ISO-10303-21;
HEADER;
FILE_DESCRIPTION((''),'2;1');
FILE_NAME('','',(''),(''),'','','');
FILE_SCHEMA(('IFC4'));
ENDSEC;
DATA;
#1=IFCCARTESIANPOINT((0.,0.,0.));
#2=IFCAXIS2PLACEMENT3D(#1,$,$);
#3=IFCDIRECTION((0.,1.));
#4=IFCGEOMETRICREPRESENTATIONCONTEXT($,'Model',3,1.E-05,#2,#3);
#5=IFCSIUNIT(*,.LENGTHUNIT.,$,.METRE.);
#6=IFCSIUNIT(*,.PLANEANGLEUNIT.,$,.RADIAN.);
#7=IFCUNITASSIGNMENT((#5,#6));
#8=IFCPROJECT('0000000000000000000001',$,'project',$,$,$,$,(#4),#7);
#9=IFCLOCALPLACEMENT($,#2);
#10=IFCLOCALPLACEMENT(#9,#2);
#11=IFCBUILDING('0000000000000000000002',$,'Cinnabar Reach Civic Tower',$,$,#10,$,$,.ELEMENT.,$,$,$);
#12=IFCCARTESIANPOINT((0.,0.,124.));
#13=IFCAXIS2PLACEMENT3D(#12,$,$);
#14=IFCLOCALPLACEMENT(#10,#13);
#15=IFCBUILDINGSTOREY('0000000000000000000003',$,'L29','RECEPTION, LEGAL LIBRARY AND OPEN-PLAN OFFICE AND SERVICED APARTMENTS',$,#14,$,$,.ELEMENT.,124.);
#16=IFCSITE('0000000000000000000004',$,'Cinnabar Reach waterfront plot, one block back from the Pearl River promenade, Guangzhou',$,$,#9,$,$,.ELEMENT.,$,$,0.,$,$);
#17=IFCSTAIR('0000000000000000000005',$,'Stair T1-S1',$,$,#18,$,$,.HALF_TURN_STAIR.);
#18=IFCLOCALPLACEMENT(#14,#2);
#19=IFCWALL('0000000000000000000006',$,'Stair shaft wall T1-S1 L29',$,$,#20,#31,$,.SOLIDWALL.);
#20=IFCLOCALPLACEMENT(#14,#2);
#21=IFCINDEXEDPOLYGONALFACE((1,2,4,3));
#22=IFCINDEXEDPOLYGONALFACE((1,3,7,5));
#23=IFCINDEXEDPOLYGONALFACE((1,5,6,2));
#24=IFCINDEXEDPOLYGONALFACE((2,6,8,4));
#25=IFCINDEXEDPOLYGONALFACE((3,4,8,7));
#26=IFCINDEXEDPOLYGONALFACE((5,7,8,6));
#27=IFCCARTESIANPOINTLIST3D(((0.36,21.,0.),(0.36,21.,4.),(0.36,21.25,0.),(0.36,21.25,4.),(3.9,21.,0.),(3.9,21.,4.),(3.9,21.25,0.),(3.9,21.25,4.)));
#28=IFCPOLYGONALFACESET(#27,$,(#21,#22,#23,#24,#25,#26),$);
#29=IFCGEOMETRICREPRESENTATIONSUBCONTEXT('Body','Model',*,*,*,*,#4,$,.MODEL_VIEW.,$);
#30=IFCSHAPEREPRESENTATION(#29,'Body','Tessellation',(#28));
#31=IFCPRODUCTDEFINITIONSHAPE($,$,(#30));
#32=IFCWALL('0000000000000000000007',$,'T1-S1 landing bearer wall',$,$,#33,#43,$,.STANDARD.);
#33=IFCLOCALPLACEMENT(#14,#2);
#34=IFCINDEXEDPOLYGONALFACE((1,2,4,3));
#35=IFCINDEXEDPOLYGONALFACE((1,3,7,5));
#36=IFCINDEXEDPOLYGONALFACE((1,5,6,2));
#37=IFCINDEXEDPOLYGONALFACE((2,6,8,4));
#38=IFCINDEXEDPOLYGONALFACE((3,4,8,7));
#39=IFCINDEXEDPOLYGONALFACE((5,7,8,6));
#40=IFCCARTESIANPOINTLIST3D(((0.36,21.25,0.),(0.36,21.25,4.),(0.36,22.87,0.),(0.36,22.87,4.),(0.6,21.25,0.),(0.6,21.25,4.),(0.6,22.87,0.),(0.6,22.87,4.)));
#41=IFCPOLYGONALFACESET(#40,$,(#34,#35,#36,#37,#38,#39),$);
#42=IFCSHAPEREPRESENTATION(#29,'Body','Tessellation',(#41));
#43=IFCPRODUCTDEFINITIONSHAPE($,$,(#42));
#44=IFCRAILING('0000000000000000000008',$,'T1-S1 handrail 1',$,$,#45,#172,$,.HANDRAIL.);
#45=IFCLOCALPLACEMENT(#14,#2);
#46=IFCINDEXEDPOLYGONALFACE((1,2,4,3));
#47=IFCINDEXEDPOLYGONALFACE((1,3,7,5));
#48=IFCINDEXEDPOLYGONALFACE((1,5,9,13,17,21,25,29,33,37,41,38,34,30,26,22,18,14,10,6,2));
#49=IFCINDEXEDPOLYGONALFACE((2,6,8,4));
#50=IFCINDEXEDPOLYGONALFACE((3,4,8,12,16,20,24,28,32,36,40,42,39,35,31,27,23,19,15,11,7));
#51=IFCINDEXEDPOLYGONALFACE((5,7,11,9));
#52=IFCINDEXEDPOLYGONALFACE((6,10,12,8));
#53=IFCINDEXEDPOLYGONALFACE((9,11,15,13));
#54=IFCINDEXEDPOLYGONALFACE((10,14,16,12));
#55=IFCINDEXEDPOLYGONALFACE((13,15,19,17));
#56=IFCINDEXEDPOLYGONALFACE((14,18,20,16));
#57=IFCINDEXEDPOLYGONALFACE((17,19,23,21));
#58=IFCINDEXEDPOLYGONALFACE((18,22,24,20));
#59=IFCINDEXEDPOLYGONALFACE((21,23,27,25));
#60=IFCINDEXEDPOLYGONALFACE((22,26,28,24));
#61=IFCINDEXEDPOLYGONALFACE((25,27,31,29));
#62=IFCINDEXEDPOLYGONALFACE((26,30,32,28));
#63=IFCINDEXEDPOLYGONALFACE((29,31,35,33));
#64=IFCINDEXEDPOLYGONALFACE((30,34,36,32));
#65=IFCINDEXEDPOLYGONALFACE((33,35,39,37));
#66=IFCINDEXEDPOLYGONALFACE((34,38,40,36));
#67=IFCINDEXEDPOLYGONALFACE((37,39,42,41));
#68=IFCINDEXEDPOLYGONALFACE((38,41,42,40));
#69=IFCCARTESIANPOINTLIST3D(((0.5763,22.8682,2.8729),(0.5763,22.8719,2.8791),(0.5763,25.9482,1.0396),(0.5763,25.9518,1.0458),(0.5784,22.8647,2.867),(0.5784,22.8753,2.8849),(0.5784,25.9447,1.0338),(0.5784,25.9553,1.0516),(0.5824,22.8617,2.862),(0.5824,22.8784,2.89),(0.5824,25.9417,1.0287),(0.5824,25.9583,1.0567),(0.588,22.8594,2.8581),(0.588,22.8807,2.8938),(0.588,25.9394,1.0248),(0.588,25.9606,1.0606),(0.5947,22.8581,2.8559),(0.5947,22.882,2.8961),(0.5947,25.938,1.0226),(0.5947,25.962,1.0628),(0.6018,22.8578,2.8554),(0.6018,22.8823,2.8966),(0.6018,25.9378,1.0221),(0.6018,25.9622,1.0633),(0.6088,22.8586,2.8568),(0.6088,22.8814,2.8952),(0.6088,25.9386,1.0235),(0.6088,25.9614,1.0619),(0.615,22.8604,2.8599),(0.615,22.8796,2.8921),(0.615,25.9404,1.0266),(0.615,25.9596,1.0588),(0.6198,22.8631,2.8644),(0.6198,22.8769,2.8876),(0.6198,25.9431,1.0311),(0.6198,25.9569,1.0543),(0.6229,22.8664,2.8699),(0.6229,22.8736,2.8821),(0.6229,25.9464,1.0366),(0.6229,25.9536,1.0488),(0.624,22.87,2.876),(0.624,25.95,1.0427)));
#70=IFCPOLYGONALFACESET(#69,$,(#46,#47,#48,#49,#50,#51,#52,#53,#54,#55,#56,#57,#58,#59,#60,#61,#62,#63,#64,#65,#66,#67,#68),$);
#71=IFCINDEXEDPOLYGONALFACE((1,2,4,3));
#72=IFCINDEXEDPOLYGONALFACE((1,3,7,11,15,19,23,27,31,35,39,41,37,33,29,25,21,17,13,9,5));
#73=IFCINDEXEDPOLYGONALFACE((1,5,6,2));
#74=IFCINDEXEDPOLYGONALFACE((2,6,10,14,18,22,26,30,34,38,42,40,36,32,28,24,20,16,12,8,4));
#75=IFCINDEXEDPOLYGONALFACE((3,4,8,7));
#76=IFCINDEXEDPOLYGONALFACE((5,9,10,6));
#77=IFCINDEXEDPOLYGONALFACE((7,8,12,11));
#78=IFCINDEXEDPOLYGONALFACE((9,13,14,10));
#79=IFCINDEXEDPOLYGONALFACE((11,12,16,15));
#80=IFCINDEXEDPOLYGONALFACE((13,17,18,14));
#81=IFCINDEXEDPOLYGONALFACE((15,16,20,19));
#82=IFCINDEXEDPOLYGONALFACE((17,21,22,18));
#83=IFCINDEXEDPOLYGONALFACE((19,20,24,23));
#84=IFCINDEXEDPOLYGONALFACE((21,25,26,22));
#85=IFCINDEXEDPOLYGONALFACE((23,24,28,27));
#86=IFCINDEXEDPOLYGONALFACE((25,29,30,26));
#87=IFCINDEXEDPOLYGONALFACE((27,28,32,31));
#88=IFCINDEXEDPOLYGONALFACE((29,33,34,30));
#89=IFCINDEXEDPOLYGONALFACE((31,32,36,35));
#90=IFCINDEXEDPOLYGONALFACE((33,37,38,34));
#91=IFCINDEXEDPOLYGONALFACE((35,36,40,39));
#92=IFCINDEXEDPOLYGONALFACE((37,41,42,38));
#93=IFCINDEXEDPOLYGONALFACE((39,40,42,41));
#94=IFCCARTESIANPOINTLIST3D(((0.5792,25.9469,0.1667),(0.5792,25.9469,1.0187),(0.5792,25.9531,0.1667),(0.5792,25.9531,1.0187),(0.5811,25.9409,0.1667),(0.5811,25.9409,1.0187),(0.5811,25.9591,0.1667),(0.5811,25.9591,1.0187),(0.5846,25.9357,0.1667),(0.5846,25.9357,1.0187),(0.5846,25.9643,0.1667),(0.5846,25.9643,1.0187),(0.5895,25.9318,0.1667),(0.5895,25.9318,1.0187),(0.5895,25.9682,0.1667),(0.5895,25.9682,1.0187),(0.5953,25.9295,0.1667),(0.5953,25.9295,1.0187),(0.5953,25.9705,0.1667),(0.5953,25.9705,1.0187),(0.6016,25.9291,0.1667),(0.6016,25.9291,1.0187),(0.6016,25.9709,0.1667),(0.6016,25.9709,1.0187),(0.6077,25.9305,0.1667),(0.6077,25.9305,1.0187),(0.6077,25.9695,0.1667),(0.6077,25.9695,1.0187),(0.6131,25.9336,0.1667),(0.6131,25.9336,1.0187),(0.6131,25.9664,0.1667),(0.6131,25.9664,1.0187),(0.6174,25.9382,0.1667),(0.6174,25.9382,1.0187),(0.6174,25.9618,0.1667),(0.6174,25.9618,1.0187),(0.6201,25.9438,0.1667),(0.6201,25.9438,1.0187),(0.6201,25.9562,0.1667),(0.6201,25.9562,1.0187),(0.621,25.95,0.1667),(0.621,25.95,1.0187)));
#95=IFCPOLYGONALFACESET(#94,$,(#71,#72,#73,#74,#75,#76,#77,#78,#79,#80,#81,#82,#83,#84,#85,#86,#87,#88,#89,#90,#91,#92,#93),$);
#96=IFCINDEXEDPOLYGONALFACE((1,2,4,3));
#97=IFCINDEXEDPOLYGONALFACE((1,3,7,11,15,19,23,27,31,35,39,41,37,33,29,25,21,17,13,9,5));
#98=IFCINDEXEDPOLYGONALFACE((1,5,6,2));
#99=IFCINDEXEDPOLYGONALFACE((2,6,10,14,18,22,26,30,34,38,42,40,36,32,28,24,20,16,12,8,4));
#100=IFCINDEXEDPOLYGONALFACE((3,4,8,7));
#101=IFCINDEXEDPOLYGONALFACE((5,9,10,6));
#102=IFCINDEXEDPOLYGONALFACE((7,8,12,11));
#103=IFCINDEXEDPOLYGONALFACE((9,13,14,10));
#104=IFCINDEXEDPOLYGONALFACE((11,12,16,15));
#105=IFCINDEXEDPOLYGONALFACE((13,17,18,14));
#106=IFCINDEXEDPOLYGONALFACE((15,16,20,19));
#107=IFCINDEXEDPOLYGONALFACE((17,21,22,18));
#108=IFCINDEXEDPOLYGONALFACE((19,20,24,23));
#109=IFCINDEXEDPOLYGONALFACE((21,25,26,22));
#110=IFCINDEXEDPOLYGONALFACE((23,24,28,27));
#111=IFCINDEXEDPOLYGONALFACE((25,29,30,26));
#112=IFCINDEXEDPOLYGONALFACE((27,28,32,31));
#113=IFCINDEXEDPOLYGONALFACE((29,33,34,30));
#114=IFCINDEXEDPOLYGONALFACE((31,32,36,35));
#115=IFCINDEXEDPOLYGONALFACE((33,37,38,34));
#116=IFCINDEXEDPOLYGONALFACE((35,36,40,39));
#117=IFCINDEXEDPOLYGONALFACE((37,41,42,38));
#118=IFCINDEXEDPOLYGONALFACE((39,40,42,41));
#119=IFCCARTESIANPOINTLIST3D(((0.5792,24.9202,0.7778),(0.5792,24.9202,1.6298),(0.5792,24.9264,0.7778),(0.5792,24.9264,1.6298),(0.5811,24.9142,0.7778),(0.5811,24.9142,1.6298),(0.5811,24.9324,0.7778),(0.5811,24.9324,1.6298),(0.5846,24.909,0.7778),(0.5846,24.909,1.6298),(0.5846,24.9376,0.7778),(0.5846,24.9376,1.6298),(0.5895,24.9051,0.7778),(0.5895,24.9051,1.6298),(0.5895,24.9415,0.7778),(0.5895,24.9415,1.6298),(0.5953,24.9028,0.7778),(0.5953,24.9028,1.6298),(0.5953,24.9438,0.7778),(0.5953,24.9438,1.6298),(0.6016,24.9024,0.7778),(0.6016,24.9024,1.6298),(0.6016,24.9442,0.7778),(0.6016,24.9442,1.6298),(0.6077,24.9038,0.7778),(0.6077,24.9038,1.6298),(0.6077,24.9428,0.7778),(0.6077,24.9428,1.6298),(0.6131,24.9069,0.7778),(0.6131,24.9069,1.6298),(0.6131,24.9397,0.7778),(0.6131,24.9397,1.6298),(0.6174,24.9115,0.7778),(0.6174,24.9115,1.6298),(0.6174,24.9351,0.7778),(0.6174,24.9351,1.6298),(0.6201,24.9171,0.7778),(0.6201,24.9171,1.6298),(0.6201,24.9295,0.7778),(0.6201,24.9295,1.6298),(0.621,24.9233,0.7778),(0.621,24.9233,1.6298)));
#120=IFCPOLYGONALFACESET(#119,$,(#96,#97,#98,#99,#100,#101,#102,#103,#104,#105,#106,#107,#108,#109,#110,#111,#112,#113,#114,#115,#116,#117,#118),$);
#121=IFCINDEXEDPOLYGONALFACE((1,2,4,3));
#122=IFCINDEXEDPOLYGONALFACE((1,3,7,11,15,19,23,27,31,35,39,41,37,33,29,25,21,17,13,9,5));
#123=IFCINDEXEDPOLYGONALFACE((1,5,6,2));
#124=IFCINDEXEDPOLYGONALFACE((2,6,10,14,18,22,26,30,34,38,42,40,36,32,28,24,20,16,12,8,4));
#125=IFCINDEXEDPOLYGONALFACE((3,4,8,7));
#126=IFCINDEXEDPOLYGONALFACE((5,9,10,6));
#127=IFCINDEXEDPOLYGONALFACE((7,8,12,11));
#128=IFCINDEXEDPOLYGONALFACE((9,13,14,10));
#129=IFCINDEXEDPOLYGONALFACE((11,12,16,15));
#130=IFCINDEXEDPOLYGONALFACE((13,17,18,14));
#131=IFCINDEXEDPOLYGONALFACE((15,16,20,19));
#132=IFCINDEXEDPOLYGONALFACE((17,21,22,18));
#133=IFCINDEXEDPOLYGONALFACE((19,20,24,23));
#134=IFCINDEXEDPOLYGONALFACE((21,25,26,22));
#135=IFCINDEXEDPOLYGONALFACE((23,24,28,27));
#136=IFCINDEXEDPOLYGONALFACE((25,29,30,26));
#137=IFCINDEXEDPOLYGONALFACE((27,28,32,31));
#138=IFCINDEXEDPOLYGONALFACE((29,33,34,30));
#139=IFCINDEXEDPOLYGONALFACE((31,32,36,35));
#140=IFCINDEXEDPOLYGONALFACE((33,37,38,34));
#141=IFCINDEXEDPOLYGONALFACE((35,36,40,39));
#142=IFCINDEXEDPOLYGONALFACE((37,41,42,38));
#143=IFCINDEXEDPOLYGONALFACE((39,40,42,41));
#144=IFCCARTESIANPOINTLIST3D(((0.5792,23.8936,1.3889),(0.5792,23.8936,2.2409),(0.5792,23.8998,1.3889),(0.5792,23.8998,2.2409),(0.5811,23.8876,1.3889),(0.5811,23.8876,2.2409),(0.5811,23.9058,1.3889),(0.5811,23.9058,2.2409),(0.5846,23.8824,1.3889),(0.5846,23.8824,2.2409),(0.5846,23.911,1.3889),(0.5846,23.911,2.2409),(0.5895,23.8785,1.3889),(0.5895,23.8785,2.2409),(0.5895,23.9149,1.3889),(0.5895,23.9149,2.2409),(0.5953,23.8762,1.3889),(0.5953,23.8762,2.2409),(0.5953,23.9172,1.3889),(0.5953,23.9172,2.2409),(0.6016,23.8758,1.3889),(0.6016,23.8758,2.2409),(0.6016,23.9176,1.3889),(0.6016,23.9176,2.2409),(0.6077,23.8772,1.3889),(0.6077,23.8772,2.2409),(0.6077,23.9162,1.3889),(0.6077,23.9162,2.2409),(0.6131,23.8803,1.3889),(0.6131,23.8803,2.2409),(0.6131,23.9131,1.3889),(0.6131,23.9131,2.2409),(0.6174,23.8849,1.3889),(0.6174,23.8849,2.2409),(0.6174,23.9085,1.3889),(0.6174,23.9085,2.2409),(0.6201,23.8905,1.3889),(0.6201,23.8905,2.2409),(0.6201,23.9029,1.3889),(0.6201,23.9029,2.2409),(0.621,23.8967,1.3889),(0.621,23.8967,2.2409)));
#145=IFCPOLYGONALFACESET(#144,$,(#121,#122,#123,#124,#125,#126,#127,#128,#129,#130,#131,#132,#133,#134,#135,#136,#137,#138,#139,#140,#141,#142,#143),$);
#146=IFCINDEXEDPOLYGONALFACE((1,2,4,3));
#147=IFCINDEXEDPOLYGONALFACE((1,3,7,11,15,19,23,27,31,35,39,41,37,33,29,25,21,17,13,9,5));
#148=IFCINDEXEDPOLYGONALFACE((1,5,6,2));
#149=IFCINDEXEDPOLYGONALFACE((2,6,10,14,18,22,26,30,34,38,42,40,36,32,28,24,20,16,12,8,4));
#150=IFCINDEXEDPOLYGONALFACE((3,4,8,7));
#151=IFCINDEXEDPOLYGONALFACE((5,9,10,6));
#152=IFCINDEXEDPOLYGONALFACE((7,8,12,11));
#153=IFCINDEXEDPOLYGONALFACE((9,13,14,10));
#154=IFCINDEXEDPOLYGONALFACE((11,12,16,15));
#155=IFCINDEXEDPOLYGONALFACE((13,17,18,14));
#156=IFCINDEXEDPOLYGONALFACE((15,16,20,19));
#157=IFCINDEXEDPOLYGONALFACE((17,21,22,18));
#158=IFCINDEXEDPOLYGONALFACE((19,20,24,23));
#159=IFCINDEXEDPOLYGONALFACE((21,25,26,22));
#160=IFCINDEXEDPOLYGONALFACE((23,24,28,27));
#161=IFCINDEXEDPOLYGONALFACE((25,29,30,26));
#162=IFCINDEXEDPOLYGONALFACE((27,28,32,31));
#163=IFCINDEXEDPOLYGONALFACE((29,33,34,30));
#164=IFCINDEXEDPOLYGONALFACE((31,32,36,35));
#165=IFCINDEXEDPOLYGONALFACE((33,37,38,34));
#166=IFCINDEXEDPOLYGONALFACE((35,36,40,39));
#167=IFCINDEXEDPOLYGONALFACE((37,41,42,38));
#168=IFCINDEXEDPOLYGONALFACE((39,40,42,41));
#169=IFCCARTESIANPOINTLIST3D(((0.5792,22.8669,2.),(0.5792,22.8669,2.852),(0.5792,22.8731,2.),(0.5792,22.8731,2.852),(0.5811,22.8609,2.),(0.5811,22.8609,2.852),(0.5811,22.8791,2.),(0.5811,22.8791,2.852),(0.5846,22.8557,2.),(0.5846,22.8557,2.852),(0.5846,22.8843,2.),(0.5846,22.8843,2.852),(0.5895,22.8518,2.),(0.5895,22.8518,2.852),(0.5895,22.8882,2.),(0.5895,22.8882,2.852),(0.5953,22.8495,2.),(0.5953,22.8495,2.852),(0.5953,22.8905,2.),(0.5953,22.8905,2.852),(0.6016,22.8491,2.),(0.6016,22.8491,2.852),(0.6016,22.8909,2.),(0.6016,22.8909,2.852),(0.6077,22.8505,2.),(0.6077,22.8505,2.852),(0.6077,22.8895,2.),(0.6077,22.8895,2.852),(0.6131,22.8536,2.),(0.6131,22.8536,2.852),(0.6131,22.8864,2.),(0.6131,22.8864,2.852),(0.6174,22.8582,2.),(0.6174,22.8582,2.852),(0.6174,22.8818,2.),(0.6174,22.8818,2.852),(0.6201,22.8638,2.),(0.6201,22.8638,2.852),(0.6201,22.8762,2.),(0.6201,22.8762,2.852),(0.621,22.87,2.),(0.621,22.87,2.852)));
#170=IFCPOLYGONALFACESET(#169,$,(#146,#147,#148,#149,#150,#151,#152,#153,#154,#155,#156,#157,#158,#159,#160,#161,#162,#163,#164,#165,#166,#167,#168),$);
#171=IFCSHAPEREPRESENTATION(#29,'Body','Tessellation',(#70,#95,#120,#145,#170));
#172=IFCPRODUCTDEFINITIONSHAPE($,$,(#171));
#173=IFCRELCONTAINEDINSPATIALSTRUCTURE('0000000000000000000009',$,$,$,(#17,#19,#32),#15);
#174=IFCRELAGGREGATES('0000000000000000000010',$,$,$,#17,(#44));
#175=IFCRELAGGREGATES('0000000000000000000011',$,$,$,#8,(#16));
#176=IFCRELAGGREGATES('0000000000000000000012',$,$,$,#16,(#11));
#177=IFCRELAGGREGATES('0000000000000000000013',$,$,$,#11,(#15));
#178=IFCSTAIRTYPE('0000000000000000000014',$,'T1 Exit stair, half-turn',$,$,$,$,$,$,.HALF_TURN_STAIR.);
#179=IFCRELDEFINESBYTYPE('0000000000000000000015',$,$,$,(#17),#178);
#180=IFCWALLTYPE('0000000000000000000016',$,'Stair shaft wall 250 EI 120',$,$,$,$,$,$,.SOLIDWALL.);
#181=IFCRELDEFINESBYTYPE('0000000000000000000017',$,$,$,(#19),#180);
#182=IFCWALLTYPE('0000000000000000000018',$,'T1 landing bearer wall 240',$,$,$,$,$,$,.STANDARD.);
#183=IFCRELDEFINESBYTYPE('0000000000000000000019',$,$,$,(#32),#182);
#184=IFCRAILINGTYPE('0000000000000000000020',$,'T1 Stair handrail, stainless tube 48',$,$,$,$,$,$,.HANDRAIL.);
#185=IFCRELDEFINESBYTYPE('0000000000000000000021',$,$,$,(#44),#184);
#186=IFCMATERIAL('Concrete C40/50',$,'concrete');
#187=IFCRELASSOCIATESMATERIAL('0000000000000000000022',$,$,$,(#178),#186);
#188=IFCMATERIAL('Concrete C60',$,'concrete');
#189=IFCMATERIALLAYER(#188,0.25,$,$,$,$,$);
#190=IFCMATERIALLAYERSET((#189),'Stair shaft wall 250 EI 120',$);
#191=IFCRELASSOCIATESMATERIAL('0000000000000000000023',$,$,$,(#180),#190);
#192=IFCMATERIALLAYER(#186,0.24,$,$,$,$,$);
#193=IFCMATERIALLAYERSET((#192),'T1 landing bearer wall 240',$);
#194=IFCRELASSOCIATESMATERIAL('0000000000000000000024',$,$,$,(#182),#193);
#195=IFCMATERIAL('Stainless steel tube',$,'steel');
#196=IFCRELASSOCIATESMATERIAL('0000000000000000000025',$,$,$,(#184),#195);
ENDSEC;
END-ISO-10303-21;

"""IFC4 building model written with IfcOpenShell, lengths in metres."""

from ifc_helpers import new_model, si_unit, direction, frame, frame_2d, origin, origin_2d, place, context, subcontext, project, spatial, rectangle, circle, extrude, material, layer, layer_set, type_object, element, aggregate, save


model = new_model("IFC4")

# Units and contexts
model_context = context("Model", 3, precision=1e-05, world=origin(), true_north=direction((0.0, 1.0)))
body_context = subcontext(model_context, "Body", "Model", "MODEL_VIEW")
ifc_project = project(units=[si_unit("LENGTHUNIT", "METRE"), si_unit("PLANEANGLEUNIT", "RADIAN")], contexts=[model_context])

# Site, building, storey
site_placement = place(None, origin())
site = spatial("IfcSite", under=ifc_project, at=site_placement, Name="Cinnabar Reach waterfront plot, one block back from the Pearl River promenade, Guangzhou", CompositionType="ELEMENT", RefElevation=0.0)
building_placement = place(site_placement, origin())
building = spatial("IfcBuilding", under=site, at=building_placement, Name="Cinnabar Reach Civic Tower", CompositionType="ELEMENT")
storey_placement = place(building_placement, frame((0.0, 0.0, 124.0)))
storey = spatial("IfcBuildingStorey", under=building, at=storey_placement, Name="L29", Description="RECEPTION, LEGAL LIBRARY AND OPEN-PLAN OFFICE AND SERVICED APARTMENTS", CompositionType="ELEMENT", Elevation=124.0)

# Stair
ifc_material_1 = material(Name="Concrete C40/50", Category="concrete")
stair_type_1 = type_object("IfcStairType", Name="T1 Exit stair, half-turn", PredefinedType="HALF_TURN_STAIR", material=ifc_material_1)
stair_1_placement = place(storey_placement, origin())
stair_1 = element("IfcStair", 1, at=stair_1_placement, inside=storey, type_object=stair_type_1, Name="Stair T1-S1", PredefinedType="HALF_TURN_STAIR")

# Walls
ifc_material_2 = material(Name="Concrete C60", Category="concrete")
ifc_layer_1 = layer(ifc_material_2, 0.25)
ifc_layer_set_1 = layer_set([ifc_layer_1], Name="Stair shaft wall 250 EI 120")
wall_type_1 = type_object("IfcWallType", Name="Stair shaft wall 250 EI 120", PredefinedType="SOLIDWALL", material=ifc_layer_set_1)
wall_1_placement = place(storey_placement, frame((0.36, 21.125, 0.0), z_axis=(0.0, 0.0, 1.0), x_axis=(1.0, 0.0, 0.0)))
element("IfcWall", 2, at=wall_1_placement, inside=storey, type_object=wall_type_1, Name="Stair shaft wall T1-S1 L29", PredefinedType="SOLIDWALL", context=body_context, shape_type="SweptSolid", body=[
    extrude(rectangle(XDim=3.54, YDim=0.25, at=frame_2d((1.77, 0.0))), origin(), (0.0, 0.0, 1.0), 4.0),
])
ifc_layer_2 = layer(ifc_material_1, 0.24)
ifc_layer_set_2 = layer_set([ifc_layer_2], Name="T1 landing bearer wall 240")
wall_type_2 = type_object("IfcWallType", Name="T1 landing bearer wall 240", PredefinedType="STANDARD", material=ifc_layer_set_2)
wall_2_placement = place(storey_placement, frame((0.48, 21.25, 0.0), z_axis=(0.0, 0.0, 1.0), x_axis=(0.0, 1.0, 0.0)))
element("IfcWall", 3, at=wall_2_placement, inside=storey, type_object=wall_type_2, Name="T1-S1 landing bearer wall", PredefinedType="STANDARD", context=body_context, shape_type="SweptSolid", body=[
    extrude(rectangle(XDim=1.62, YDim=0.24, at=frame_2d((0.81, 0.0))), origin(), (0.0, 0.0, 1.0), 4.0),
])

# Railing
ifc_material_3 = material(Name="Stainless steel tube", Category="steel")
railing_type_1 = type_object("IfcRailingType", Name="T1 Stair handrail, stainless tube 48", PredefinedType="HANDRAIL", material=ifc_material_3)
railing_1_placement = place(storey_placement, frame((0.6, 25.95, 0.1667)))
railing_1 = element("IfcRailing", 4, at=railing_1_placement, type_object=railing_type_1, Name="T1-S1 handrail 1", PredefinedType="HANDRAIL", context=body_context, shape_type="SweptSolid", body=[
    extrude(circle(Radius=0.024, at=origin_2d()), frame((0.0, 0.0, 0.876), z_axis=(0.0, -0.859297, 0.511477), x_axis=(1.0, 0.0, 0.0)), (0.0, 0.0, 1.0), 3.5843),
    extrude(circle(Radius=0.021, at=origin_2d()), origin(), (0.0, 0.0, 1.0), 0.852),
    extrude(circle(Radius=0.021, at=origin_2d()), frame((0.0, -1.0267, 0.6111)), (0.0, 0.0, 1.0), 0.852),
    extrude(circle(Radius=0.021, at=origin_2d()), frame((0.0, -2.0533, 1.2222)), (0.0, 0.0, 1.0), 0.852),
    extrude(circle(Radius=0.021, at=origin_2d()), frame((0.0, -3.08, 1.8333)), (0.0, 0.0, 1.0), 0.852),
])
aggregate(stair_1, [railing_1])

save(model, "model.ifc")
